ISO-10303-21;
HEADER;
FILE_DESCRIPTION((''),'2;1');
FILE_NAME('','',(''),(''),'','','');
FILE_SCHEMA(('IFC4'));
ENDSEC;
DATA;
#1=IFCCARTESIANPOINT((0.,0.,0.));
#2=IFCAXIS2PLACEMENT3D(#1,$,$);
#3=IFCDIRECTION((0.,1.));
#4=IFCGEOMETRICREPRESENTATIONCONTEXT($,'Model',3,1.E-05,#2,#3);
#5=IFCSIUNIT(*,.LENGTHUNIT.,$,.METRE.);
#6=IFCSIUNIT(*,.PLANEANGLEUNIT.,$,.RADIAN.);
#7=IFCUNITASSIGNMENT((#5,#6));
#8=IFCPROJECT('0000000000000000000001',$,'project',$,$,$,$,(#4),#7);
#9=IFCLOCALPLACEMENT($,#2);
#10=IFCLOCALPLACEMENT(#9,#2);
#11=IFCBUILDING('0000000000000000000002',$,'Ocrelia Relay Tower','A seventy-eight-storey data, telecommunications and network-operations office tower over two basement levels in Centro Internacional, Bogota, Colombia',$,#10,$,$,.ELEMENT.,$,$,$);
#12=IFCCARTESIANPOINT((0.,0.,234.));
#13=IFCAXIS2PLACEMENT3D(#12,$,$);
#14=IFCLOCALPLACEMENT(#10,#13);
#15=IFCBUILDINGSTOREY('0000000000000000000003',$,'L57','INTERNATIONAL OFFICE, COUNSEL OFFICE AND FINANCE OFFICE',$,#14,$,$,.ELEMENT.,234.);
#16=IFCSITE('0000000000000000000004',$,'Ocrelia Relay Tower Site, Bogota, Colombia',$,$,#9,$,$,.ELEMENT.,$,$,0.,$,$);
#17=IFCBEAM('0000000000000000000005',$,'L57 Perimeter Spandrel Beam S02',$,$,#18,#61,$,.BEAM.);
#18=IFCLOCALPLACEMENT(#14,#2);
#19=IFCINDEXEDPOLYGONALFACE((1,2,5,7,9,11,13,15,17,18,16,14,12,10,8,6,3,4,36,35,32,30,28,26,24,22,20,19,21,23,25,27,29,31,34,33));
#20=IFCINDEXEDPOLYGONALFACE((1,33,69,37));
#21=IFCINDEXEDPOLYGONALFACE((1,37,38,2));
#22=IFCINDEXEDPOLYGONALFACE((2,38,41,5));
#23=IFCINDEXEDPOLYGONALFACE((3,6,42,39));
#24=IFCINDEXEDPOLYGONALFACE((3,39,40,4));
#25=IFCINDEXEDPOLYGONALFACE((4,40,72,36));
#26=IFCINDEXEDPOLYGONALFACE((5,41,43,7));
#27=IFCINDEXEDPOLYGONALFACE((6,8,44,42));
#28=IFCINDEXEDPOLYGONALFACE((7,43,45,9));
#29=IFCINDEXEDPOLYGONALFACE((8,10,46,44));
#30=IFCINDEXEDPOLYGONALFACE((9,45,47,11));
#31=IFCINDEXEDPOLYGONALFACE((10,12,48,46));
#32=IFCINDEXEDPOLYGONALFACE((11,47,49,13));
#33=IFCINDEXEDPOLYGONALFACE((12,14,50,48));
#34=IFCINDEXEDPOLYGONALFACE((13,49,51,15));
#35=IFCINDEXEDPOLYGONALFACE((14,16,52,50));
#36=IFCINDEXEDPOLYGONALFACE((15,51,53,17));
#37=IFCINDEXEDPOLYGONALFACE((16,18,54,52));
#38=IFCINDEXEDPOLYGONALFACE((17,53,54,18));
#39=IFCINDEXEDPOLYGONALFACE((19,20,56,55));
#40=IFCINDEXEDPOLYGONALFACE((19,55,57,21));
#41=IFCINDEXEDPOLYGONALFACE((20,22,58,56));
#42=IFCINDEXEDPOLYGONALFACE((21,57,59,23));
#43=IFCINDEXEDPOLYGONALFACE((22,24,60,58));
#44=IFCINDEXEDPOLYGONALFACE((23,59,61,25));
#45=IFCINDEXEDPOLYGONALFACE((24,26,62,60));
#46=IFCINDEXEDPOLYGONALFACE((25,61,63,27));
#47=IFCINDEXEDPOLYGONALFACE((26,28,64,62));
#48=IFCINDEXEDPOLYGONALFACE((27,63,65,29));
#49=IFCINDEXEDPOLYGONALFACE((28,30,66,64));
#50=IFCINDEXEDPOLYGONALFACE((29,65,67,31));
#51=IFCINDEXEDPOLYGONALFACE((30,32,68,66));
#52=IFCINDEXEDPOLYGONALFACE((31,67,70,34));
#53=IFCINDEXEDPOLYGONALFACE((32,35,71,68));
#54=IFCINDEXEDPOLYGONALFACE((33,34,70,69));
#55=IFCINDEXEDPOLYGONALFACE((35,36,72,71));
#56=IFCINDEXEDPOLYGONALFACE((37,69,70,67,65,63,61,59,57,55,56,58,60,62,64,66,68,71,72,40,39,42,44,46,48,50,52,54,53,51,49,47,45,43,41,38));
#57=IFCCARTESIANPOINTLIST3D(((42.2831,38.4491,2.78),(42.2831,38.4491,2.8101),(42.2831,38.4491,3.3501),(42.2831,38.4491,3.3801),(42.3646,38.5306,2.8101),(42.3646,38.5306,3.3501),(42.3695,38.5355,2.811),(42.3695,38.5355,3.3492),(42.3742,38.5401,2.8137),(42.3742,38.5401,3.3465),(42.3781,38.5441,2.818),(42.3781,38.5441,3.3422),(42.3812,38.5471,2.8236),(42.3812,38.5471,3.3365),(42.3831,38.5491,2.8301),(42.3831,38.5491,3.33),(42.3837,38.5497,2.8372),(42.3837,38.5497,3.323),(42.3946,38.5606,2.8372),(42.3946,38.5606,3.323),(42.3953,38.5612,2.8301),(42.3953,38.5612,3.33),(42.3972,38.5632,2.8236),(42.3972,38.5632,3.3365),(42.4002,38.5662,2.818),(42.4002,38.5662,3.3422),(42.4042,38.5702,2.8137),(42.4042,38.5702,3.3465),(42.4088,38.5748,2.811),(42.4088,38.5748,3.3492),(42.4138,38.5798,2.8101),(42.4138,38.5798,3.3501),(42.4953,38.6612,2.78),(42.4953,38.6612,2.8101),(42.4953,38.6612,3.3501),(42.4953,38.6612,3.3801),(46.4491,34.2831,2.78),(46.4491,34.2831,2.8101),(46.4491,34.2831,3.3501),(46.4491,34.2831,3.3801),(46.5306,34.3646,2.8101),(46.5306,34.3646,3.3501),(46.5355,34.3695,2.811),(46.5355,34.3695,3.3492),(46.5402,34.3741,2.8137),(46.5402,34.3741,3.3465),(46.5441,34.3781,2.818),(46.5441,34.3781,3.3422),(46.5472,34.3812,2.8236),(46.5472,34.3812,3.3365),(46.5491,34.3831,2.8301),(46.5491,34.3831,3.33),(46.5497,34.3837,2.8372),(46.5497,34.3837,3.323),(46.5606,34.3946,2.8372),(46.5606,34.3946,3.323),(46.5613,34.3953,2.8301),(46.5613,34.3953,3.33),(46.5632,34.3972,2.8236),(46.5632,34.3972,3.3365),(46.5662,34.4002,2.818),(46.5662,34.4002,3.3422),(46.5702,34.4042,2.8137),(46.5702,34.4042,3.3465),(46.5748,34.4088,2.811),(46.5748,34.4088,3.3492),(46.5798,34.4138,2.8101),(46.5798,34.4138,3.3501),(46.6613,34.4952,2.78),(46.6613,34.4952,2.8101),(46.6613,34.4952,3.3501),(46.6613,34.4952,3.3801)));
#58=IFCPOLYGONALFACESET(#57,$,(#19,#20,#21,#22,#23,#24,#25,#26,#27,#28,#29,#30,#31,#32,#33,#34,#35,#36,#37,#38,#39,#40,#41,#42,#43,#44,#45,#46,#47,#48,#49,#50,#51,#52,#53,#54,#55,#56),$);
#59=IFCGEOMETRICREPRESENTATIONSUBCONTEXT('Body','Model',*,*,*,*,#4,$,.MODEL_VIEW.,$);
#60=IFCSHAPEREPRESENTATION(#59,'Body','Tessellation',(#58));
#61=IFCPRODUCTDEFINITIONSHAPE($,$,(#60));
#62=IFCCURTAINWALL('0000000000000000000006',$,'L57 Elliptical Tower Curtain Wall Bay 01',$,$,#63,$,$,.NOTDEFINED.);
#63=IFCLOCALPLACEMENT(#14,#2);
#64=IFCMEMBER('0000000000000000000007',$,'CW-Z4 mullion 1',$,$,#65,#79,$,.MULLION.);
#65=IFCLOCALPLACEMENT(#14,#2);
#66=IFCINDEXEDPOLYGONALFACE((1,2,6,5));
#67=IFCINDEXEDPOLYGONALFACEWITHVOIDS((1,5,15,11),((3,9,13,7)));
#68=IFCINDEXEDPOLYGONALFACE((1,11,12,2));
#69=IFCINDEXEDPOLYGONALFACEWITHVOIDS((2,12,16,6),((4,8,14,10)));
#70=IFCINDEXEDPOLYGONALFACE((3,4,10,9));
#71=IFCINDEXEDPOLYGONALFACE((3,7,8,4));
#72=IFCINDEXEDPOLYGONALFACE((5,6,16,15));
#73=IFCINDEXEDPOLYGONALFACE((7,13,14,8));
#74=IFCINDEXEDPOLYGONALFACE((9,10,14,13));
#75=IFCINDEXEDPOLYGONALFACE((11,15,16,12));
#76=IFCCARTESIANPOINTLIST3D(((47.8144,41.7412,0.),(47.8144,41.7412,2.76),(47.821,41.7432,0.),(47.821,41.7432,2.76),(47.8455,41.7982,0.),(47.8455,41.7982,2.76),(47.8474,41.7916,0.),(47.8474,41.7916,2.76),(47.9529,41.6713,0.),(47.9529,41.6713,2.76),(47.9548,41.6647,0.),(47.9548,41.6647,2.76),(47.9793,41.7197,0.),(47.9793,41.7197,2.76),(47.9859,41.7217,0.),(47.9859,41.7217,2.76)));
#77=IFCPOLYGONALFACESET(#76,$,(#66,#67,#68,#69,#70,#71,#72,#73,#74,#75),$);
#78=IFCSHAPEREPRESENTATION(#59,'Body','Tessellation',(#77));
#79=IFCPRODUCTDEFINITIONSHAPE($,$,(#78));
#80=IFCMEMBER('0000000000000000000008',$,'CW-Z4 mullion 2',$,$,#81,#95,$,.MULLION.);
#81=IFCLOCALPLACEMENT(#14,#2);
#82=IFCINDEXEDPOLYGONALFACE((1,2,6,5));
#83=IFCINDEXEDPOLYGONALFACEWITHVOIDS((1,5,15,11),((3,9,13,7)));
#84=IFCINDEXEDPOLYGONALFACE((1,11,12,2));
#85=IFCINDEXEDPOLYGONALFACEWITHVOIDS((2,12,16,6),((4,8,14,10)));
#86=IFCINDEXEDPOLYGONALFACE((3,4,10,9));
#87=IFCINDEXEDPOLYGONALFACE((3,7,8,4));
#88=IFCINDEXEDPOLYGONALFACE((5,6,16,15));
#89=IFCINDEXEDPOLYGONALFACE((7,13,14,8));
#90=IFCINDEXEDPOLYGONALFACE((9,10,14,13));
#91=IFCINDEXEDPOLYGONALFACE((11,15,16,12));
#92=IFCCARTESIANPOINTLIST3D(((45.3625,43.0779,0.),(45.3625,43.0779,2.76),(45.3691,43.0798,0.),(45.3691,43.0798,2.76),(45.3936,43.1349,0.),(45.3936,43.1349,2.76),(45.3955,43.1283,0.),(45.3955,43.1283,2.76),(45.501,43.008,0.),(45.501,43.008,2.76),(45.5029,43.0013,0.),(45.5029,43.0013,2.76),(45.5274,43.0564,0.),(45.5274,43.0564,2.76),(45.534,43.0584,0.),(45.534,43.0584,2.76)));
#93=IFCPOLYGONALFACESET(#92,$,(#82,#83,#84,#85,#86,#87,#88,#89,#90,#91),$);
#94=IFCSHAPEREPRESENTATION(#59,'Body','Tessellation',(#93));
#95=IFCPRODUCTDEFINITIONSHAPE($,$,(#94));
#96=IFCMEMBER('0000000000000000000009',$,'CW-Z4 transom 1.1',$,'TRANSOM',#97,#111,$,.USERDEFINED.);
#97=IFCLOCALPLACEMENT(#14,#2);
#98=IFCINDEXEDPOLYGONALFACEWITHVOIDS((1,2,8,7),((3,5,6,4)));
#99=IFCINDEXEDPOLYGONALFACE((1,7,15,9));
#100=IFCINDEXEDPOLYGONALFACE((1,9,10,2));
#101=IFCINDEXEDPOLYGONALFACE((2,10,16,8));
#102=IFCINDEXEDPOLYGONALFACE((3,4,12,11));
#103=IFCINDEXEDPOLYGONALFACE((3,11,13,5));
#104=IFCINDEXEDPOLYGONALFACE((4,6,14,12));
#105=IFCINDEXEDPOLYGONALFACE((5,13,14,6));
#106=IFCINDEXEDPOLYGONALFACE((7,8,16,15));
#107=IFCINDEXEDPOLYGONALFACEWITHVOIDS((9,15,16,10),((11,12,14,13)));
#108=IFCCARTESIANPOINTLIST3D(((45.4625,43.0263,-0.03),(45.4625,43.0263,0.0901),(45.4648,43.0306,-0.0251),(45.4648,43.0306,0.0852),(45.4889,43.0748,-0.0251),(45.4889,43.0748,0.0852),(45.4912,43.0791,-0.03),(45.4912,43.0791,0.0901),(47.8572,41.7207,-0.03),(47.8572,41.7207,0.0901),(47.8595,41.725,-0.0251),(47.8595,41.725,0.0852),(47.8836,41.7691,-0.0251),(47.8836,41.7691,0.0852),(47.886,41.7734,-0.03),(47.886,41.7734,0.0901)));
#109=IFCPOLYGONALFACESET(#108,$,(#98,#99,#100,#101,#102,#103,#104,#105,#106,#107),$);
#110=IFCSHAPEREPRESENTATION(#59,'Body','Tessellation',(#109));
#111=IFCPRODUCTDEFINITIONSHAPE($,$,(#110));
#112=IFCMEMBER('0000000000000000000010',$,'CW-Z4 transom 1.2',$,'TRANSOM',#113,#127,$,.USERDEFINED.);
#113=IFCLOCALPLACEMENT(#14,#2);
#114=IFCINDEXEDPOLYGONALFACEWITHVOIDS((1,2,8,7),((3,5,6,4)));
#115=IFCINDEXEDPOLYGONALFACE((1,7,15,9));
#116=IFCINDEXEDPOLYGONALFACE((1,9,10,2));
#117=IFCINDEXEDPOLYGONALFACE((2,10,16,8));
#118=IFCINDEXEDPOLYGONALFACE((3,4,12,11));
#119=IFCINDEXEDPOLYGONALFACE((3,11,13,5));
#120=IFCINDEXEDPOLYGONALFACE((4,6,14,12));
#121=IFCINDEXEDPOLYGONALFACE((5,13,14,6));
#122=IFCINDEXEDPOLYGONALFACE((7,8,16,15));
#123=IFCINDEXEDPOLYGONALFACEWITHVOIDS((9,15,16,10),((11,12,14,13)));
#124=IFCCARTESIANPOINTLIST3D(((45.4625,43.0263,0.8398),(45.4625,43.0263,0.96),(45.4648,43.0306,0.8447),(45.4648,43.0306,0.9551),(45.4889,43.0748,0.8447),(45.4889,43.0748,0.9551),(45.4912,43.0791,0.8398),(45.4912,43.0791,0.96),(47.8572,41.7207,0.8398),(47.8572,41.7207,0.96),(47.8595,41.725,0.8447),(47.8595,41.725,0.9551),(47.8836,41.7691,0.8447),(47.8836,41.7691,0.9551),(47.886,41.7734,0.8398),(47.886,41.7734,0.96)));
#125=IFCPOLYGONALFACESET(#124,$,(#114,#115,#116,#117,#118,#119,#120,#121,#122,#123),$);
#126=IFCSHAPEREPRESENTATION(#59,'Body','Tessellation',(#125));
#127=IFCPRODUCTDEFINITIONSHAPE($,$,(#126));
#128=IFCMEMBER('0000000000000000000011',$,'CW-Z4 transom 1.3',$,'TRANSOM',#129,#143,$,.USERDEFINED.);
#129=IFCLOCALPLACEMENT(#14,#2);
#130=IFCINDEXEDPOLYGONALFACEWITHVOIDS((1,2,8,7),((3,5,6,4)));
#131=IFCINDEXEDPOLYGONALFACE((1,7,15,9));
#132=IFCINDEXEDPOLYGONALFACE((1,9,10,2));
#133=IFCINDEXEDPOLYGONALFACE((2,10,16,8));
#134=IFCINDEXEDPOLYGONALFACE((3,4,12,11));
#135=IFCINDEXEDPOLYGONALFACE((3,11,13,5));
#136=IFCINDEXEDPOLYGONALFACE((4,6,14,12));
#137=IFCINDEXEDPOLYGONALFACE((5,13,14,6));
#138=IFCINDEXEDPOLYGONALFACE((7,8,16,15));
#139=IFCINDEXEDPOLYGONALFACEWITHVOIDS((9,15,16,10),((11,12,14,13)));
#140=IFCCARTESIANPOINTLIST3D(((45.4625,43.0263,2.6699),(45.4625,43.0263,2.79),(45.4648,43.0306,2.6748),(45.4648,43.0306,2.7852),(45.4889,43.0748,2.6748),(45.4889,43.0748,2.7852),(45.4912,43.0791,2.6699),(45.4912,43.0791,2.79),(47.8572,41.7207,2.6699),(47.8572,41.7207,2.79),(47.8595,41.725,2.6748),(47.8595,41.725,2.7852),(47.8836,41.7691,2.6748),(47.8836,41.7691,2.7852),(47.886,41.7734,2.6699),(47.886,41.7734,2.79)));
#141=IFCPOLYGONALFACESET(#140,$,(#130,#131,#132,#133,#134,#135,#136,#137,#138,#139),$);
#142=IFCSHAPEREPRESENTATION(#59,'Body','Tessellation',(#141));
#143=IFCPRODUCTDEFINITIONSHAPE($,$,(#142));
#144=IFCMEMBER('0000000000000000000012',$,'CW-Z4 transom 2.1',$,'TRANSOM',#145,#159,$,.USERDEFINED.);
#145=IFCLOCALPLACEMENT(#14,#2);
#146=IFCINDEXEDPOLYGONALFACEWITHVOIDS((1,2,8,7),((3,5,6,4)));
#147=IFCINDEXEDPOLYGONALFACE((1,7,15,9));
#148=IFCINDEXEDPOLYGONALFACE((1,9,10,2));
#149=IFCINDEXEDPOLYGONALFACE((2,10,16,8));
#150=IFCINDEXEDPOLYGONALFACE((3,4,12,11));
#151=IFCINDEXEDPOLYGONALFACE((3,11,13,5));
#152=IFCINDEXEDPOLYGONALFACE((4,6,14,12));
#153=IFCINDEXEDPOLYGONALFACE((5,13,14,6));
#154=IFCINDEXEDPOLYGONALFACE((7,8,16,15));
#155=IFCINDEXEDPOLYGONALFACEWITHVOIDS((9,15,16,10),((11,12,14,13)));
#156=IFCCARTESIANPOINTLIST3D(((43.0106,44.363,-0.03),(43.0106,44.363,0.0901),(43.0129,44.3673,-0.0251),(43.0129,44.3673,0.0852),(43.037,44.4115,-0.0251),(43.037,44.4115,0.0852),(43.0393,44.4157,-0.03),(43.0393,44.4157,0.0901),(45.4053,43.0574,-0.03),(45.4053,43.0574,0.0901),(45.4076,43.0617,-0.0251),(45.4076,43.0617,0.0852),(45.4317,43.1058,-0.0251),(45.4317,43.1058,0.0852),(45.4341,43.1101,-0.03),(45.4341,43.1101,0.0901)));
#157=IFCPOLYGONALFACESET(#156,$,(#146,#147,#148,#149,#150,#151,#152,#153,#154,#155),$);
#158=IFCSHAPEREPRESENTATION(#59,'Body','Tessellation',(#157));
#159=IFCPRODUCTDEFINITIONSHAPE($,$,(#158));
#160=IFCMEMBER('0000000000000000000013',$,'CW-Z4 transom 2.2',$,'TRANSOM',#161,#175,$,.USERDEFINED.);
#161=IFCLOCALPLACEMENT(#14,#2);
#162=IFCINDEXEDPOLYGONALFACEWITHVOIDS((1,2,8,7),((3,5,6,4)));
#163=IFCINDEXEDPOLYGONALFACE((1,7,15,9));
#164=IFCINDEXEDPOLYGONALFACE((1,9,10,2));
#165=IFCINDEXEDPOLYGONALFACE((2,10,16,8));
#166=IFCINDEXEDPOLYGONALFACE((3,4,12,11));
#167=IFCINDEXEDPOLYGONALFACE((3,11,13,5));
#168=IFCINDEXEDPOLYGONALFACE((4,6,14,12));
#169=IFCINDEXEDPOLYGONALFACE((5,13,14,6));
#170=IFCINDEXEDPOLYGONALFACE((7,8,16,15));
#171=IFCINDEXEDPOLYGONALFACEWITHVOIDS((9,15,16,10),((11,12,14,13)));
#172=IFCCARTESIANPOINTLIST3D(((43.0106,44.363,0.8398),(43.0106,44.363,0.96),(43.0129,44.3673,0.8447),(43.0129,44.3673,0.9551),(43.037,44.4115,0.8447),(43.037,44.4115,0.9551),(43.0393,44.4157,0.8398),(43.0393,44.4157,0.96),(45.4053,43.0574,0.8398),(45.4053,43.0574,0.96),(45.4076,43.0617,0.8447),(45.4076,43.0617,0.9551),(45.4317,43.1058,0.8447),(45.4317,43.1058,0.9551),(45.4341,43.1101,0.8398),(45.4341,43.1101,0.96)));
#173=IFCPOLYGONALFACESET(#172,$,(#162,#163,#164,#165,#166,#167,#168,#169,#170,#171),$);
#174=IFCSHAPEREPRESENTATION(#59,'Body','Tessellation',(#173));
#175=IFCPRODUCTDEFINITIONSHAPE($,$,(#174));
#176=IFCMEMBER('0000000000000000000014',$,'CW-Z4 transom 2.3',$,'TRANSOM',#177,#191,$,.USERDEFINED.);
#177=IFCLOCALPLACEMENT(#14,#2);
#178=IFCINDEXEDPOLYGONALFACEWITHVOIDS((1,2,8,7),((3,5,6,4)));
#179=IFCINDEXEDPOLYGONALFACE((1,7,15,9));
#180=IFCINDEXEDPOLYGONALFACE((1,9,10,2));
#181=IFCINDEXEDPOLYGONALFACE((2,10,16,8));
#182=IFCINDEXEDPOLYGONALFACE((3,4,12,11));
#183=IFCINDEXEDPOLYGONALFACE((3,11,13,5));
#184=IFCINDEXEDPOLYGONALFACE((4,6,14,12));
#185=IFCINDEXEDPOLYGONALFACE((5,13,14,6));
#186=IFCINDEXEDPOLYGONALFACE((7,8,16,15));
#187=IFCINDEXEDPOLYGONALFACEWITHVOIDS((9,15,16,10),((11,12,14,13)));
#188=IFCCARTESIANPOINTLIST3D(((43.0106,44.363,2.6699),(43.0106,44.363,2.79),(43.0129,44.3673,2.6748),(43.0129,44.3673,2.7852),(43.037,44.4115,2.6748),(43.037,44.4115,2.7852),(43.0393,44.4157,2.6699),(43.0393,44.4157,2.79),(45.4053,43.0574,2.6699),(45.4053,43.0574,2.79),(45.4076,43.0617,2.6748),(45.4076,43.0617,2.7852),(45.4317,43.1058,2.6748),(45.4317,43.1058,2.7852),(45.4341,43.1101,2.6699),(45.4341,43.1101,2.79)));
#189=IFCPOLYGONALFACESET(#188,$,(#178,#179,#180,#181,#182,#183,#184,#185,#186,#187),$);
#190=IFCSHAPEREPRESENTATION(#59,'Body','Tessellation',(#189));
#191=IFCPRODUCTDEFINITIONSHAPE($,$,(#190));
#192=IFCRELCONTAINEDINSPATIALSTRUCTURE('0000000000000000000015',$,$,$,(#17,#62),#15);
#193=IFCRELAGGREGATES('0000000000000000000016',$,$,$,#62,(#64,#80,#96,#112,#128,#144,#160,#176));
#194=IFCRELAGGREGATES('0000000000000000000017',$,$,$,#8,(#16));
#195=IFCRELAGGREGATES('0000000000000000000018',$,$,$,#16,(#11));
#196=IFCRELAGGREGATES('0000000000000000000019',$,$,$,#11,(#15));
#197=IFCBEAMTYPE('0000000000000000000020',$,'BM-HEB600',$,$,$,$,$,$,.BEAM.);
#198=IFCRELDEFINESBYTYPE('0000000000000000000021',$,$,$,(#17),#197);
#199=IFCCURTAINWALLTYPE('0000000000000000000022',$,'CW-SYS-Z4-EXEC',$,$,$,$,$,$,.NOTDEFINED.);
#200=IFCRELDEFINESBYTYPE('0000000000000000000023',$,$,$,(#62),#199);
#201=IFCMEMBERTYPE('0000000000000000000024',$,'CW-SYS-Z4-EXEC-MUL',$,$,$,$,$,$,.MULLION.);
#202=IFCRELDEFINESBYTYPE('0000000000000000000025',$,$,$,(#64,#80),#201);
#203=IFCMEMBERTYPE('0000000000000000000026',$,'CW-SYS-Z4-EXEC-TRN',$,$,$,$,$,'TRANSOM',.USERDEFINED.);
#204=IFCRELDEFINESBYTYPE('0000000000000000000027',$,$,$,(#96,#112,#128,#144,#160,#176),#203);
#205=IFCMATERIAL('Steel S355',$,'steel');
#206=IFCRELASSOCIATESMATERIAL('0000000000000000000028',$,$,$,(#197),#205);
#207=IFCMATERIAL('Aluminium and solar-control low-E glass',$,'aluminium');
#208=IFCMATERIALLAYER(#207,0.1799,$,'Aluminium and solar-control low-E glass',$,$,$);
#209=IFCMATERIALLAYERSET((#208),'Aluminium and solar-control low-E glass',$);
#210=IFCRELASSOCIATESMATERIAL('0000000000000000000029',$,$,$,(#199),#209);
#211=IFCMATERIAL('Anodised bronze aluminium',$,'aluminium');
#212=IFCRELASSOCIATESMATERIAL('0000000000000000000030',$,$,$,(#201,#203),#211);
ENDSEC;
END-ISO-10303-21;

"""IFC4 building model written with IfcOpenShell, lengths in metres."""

from ifc_helpers import new_model, si_unit, direction, frame, origin, origin_2d, place, context, subcontext, project, spatial, hollow_rectangle, i_section, extrude, material, layer, layer_set, material_profile, profile_set, type_object, element, aggregate, save


model = new_model("IFC4")

# Units and contexts
model_context = context("Model", 3, precision=1e-05, world=origin(), true_north=direction((0.0, 1.0)))
body_context = subcontext(model_context, "Body", "Model", "MODEL_VIEW")
ifc_project = project(units=[si_unit("LENGTHUNIT", "METRE"), si_unit("PLANEANGLEUNIT", "RADIAN")], contexts=[model_context])

# Site, building, storey
site_placement = place(None, origin())
site = spatial("IfcSite", under=ifc_project, at=site_placement, Name="Ocrelia Relay Tower Site, Bogota, Colombia", CompositionType="ELEMENT", RefElevation=0.0)
building_placement = place(site_placement, origin())
building = spatial("IfcBuilding", under=site, at=building_placement, Name="Ocrelia Relay Tower", Description="A seventy-eight-storey data, telecommunications and network-operations office tower over two basement levels in Centro Internacional, Bogota, Colombia", CompositionType="ELEMENT")
storey_placement = place(building_placement, frame((0.0, 0.0, 234.0)))
storey = spatial("IfcBuildingStorey", under=building, at=storey_placement, Name="L57", Description="INTERNATIONAL OFFICE, COUNSEL OFFICE AND FINANCE OFFICE", CompositionType="ELEMENT", Elevation=234.0)

# Beam
ifc_material_1 = material(Name="Steel S355", Category="steel")
ifc_material_profile_1 = material_profile(ifc_material_1, i_section(OverallWidth=0.3, OverallDepth=0.6001, WebThickness=0.0154, FlangeThickness=0.03, FilletRadius=0.0271, at=origin_2d()), Name="HEB 600")
ifc_profile_set_1 = profile_set([ifc_material_profile_1], Name="Steel S355")
beam_type = type_object("IfcBeamType", Name="BM-HEB600", PredefinedType="BEAM", material=ifc_profile_set_1)
beam_placement = place(storey_placement, frame((46.5552, 34.3892, 3.0801), z_axis=(-0.707107, 0.707107, 0.0), x_axis=(-0.707107, -0.707107, 0.0)))
element("IfcBeam", 1, at=beam_placement, inside=storey, type_object=beam_type, Name="L57 Perimeter Spandrel Beam S02", PredefinedType="BEAM", context=body_context, shape_type="SweptSolid", body=[
    extrude(i_section(OverallWidth=0.3, OverallDepth=0.6001, WebThickness=0.0154, FlangeThickness=0.03, FilletRadius=0.0271, at=origin_2d()), origin(), (0.0, 0.0, 1.0), 5.8916),
])

# Curtain wall, members
ifc_material_2 = material(Name="Aluminium and solar-control low-E glass", Category="aluminium")
ifc_layer_1 = layer(ifc_material_2, 0.1799, Name="Aluminium and solar-control low-E glass")
ifc_layer_set_1 = layer_set([ifc_layer_1], Name="Aluminium and solar-control low-E glass")
curtain_wall_type = type_object("IfcCurtainWallType", Name="CW-SYS-Z4-EXEC", PredefinedType="NOTDEFINED", material=ifc_layer_set_1)
curtain_wall_placement = place(storey_placement, origin())
curtain_wall = element("IfcCurtainWall", 2, at=curtain_wall_placement, inside=storey, type_object=curtain_wall_type, Name="L57 Elliptical Tower Curtain Wall Bay 01", PredefinedType="NOTDEFINED")
ifc_material_3 = material(Name="Anodised bronze aluminium", Category="aluminium")
ifc_material_profile_2 = material_profile(ifc_material_3, hollow_rectangle(XDim=0.0649, YDim=0.1599, WallThickness=0.0049, at=origin_2d()), Name="CW-MUL-160x65")
ifc_profile_set_2 = profile_set([ifc_material_profile_2], Name="Anodised bronze aluminium")
member_type_1 = type_object("IfcMemberType", Name="CW-SYS-Z4-EXEC-MUL", PredefinedType="MULLION", material=ifc_profile_set_2)
member_1_placement = place(storey_placement, frame((47.9001, 41.7314, 0.0), z_axis=(0.0, 0.0, 1.0), x_axis=(-0.478669, -0.877996, 0.0)))
member_1 = element("IfcMember", 3, at=member_1_placement, type_object=member_type_1, Name="CW-Z4 mullion 1", PredefinedType="MULLION", context=body_context, shape_type="SweptSolid", body=[
    extrude(hollow_rectangle(XDim=0.0649, YDim=0.1599, WallThickness=0.0049, at=origin_2d()), origin(), (0.0, 0.0, 1.0), 2.76),
])
member_2_placement = place(storey_placement, frame((45.4482, 43.0681, 0.0), z_axis=(0.0, 0.0, 1.0), x_axis=(-0.478669, -0.877996, 0.0)))
member_2 = element("IfcMember", 4, at=member_2_placement, type_object=member_type_1, Name="CW-Z4 mullion 2", PredefinedType="MULLION", context=body_context, shape_type="SweptSolid", body=[
    extrude(hollow_rectangle(XDim=0.0649, YDim=0.1599, WallThickness=0.0049, at=origin_2d()), origin(), (0.0, 0.0, 1.0), 2.76),
])
ifc_material_profile_3 = material_profile(ifc_material_3, hollow_rectangle(XDim=0.0601, YDim=0.1201, WallThickness=0.0049, at=origin_2d()), Name="CW-TRN-120x60")
ifc_profile_set_3 = profile_set([ifc_material_profile_3], Name="Anodised bronze aluminium")
member_type_2 = type_object("IfcMemberType", Name="CW-SYS-Z4-EXEC-TRN", ElementType="TRANSOM", PredefinedType="USERDEFINED", material=ifc_profile_set_3)
member_3_placement = place(storey_placement, frame((47.8716, 41.7471, 0.03), z_axis=(-0.877984, 0.478689, 0.0), x_axis=(-0.478689, -0.877984, 0.0)))
member_3 = element("IfcMember", 5, at=member_3_placement, type_object=member_type_2, Name="CW-Z4 transom 1.1", ObjectType="TRANSOM", PredefinedType="USERDEFINED", context=body_context, shape_type="SweptSolid", body=[
    extrude(hollow_rectangle(XDim=0.0601, YDim=0.1201, WallThickness=0.0049, at=origin_2d()), origin(), (0.0, 0.0, 1.0), 2.7275),
])
member_4_placement = place(storey_placement, frame((47.8716, 41.7471, 0.8999), z_axis=(-0.877984, 0.478689, 0.0), x_axis=(-0.478689, -0.877984, 0.0)))
member_4 = element("IfcMember", 6, at=member_4_placement, type_object=member_type_2, Name="CW-Z4 transom 1.2", ObjectType="TRANSOM", PredefinedType="USERDEFINED", context=body_context, shape_type="SweptSolid", body=[
    extrude(hollow_rectangle(XDim=0.0601, YDim=0.1201, WallThickness=0.0049, at=origin_2d()), origin(), (0.0, 0.0, 1.0), 2.7275),
])
member_5_placement = place(storey_placement, frame((47.8716, 41.7471, 2.73), z_axis=(-0.877984, 0.478689, 0.0), x_axis=(-0.478689, -0.877984, 0.0)))
member_5 = element("IfcMember", 7, at=member_5_placement, type_object=member_type_2, Name="CW-Z4 transom 1.3", ObjectType="TRANSOM", PredefinedType="USERDEFINED", context=body_context, shape_type="SweptSolid", body=[
    extrude(hollow_rectangle(XDim=0.0601, YDim=0.1201, WallThickness=0.0049, at=origin_2d()), origin(), (0.0, 0.0, 1.0), 2.7275),
])
member_6_placement = place(storey_placement, frame((45.4197, 43.0837, 0.03), z_axis=(-0.877984, 0.478689, 0.0), x_axis=(-0.478689, -0.877984, 0.0)))
member_6 = element("IfcMember", 8, at=member_6_placement, type_object=member_type_2, Name="CW-Z4 transom 2.1", ObjectType="TRANSOM", PredefinedType="USERDEFINED", context=body_context, shape_type="SweptSolid", body=[
    extrude(hollow_rectangle(XDim=0.0601, YDim=0.1201, WallThickness=0.0049, at=origin_2d()), origin(), (0.0, 0.0, 1.0), 2.7275),
])
member_7_placement = place(storey_placement, frame((45.4197, 43.0837, 0.8999), z_axis=(-0.877984, 0.478689, 0.0), x_axis=(-0.478689, -0.877984, 0.0)))
member_7 = element("IfcMember", 9, at=member_7_placement, type_object=member_type_2, Name="CW-Z4 transom 2.2", ObjectType="TRANSOM", PredefinedType="USERDEFINED", context=body_context, shape_type="SweptSolid", body=[
    extrude(hollow_rectangle(XDim=0.0601, YDim=0.1201, WallThickness=0.0049, at=origin_2d()), origin(), (0.0, 0.0, 1.0), 2.7275),
])
member_8_placement = place(storey_placement, frame((45.4197, 43.0837, 2.73), z_axis=(-0.877984, 0.478689, 0.0), x_axis=(-0.478689, -0.877984, 0.0)))
member_8 = element("IfcMember", 10, at=member_8_placement, type_object=member_type_2, Name="CW-Z4 transom 2.3", ObjectType="TRANSOM", PredefinedType="USERDEFINED", context=body_context, shape_type="SweptSolid", body=[
    extrude(hollow_rectangle(XDim=0.0601, YDim=0.1201, WallThickness=0.0049, at=origin_2d()), origin(), (0.0, 0.0, 1.0), 2.7275),
])
aggregate(curtain_wall, [member_1, member_2, member_3, member_4, member_5, member_6, member_7, member_8])

save(model, "model.ifc")
